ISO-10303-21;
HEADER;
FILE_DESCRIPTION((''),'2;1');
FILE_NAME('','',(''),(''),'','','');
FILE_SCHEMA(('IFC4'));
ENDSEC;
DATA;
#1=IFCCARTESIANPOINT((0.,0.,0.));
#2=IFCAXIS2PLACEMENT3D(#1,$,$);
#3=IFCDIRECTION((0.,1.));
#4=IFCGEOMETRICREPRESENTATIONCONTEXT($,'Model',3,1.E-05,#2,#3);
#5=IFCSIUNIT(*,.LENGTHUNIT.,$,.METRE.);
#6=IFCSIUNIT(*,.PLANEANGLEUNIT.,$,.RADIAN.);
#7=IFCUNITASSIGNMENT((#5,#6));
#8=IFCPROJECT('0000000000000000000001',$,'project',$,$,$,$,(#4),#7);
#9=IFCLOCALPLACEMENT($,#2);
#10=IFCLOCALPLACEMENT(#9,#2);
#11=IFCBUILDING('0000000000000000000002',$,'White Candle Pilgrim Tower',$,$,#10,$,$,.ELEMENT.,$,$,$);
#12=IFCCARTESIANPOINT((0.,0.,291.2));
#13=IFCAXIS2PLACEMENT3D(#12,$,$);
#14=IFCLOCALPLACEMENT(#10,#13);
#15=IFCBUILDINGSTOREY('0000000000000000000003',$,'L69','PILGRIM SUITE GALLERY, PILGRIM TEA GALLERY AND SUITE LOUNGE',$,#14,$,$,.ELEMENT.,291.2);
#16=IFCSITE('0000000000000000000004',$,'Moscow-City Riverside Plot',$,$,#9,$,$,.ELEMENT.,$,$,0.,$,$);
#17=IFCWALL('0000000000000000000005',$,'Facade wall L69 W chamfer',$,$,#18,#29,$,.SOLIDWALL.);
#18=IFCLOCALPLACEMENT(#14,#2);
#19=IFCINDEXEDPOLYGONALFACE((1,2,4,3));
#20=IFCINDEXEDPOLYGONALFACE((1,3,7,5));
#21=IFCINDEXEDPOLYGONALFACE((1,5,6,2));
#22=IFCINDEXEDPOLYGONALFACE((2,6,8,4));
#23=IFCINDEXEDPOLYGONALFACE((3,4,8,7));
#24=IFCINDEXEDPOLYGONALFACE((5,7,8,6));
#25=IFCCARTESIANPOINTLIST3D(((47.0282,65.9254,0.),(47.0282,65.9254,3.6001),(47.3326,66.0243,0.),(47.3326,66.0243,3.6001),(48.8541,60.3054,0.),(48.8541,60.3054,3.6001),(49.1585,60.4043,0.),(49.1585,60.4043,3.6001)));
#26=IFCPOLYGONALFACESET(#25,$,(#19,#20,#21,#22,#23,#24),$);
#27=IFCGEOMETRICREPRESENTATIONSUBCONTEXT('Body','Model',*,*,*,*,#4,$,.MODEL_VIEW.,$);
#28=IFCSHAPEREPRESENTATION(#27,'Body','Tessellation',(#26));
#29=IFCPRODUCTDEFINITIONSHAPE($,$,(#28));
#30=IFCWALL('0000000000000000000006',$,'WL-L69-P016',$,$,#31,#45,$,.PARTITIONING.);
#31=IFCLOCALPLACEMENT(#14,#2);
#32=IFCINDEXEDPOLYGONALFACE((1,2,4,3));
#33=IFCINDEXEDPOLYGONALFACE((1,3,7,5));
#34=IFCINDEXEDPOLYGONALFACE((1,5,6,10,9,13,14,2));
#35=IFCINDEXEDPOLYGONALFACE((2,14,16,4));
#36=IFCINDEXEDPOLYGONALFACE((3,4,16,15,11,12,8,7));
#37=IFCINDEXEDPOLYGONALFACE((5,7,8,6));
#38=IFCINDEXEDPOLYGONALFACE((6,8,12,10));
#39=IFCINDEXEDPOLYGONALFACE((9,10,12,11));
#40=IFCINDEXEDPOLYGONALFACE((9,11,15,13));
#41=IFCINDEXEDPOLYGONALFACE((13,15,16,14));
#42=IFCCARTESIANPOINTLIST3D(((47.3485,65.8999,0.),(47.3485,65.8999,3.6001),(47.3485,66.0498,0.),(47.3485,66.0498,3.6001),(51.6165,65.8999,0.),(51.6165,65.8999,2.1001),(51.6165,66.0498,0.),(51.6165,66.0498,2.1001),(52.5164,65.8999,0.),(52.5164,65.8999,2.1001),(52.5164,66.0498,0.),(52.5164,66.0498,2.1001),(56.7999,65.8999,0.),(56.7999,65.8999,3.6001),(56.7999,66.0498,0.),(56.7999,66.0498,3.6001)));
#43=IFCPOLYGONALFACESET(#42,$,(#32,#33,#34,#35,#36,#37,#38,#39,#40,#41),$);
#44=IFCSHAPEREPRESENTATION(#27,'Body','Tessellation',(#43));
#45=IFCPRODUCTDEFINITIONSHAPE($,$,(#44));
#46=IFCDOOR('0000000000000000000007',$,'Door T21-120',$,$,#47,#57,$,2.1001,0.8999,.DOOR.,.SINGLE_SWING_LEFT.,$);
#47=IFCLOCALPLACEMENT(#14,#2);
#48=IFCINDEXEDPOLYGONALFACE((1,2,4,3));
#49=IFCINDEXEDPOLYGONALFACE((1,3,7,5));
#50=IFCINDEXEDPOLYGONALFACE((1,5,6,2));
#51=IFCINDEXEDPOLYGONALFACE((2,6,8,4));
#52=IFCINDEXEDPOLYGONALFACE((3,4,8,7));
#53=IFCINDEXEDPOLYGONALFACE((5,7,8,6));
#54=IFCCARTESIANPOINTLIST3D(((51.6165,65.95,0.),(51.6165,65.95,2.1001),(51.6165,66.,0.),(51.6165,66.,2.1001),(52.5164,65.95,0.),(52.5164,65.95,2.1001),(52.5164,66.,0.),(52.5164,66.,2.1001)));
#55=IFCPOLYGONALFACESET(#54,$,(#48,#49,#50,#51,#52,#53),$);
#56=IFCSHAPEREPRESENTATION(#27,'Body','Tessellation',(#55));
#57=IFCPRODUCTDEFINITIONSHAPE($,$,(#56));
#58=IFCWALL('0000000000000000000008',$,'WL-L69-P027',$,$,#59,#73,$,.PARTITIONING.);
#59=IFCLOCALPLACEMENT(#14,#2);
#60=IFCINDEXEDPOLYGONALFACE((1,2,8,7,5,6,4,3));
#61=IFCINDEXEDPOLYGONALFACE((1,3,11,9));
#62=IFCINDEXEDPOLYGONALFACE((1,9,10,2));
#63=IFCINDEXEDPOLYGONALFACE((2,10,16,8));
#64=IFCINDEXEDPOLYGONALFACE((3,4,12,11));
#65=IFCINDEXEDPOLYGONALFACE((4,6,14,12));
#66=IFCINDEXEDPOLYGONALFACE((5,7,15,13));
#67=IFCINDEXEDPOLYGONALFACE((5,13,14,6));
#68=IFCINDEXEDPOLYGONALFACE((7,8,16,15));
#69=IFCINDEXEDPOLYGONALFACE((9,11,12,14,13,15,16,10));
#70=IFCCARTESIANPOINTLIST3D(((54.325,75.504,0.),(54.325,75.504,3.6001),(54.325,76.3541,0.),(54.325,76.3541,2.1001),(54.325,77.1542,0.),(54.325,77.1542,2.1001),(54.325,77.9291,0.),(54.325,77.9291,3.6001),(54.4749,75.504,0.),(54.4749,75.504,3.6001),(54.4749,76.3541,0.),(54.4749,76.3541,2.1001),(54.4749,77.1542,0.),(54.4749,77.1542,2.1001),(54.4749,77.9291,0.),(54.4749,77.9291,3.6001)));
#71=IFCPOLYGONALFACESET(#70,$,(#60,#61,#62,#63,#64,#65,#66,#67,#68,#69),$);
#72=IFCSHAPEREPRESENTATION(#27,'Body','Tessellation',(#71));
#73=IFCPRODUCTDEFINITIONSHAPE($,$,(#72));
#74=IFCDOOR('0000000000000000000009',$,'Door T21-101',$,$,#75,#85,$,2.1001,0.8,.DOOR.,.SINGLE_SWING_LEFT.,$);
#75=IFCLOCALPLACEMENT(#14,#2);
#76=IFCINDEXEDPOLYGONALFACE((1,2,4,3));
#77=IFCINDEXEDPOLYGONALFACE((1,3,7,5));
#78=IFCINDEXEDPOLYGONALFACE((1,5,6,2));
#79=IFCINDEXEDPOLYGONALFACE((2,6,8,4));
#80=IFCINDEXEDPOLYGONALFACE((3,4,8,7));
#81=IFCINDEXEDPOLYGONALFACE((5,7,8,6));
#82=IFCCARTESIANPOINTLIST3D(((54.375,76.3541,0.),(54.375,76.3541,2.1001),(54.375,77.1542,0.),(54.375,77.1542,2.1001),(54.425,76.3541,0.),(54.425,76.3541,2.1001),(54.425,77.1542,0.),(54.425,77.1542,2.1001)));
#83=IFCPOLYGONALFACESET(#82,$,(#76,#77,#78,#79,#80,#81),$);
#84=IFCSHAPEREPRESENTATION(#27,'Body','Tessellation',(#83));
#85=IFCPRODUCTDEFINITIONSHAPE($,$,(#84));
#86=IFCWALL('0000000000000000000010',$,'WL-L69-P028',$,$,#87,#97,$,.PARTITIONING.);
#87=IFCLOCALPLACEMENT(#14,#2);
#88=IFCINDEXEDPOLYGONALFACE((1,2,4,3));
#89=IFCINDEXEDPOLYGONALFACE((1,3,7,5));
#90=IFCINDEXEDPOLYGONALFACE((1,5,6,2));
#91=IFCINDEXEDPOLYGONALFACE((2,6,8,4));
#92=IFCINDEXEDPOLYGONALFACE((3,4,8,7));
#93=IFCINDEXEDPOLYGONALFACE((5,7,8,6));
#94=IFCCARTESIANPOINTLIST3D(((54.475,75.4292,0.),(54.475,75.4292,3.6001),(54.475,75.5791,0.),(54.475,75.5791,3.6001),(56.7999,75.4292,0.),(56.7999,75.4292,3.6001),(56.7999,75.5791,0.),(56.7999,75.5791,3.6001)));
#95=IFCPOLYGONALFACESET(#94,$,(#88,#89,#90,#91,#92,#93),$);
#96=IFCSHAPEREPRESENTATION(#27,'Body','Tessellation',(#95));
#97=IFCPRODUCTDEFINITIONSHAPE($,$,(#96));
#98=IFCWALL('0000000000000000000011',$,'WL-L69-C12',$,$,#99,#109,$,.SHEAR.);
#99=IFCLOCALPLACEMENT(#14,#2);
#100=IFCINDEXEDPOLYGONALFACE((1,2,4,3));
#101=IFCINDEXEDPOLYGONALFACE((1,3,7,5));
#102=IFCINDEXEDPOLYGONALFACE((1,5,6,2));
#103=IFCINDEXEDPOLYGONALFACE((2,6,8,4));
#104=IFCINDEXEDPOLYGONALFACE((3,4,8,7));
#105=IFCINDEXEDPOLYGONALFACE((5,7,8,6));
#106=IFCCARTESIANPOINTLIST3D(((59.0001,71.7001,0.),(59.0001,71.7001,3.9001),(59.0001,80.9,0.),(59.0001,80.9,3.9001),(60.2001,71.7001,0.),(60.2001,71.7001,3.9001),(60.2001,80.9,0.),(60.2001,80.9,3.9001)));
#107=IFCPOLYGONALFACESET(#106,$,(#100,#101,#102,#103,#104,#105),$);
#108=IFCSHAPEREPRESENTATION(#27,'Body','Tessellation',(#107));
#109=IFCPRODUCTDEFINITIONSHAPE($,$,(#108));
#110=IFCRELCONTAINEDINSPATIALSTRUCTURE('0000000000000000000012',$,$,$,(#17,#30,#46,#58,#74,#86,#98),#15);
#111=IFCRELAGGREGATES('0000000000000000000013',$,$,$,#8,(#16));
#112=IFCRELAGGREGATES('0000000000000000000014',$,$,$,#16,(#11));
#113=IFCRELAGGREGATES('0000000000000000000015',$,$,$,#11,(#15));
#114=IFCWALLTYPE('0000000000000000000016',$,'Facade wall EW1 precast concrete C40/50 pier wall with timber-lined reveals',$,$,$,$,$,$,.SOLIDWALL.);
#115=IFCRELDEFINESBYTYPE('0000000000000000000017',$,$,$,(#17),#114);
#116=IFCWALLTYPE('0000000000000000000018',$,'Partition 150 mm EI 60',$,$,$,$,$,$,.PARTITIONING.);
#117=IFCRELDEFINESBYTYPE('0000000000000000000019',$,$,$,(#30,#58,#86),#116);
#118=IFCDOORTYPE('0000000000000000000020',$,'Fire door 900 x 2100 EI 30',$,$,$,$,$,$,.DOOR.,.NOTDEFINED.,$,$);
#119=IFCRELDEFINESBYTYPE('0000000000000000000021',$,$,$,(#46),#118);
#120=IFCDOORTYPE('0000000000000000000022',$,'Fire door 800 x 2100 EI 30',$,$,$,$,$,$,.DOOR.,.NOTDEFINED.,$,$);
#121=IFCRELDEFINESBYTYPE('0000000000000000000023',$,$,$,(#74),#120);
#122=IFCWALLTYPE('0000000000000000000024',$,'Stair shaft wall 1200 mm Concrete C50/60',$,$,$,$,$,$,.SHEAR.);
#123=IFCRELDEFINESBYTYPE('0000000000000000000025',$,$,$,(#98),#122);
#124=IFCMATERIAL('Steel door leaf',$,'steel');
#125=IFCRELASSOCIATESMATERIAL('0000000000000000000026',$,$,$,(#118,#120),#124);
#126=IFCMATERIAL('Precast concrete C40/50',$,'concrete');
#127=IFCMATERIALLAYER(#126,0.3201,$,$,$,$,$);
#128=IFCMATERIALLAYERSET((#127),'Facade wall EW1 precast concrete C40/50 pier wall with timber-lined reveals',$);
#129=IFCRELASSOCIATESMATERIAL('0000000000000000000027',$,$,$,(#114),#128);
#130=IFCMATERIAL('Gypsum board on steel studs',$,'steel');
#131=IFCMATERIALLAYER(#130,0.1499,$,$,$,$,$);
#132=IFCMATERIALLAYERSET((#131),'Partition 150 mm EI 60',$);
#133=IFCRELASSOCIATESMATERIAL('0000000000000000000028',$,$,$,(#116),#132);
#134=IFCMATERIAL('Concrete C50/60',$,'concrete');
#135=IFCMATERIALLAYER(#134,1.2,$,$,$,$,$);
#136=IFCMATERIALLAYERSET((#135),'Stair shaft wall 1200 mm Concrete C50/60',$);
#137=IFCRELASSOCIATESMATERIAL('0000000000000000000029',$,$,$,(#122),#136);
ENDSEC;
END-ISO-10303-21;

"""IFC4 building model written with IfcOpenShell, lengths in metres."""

from ifc_helpers import new_model, si_unit, direction, frame, frame_2d, origin, place, context, subcontext, project, spatial, rectangle, extrude, material, layer, layer_set, type_object, element, fill, save


model = new_model("IFC4")

# Units and contexts
model_context = context("Model", 3, precision=1e-05, world=origin(), true_north=direction((0.0, 1.0)))
body_context = subcontext(model_context, "Body", "Model", "MODEL_VIEW")
ifc_project = project(units=[si_unit("LENGTHUNIT", "METRE"), si_unit("PLANEANGLEUNIT", "RADIAN")], contexts=[model_context])

# Site, building, storey
site_placement = place(None, origin())
site = spatial("IfcSite", under=ifc_project, at=site_placement, Name="Moscow-City Riverside Plot", CompositionType="ELEMENT", RefElevation=0.0)
building_placement = place(site_placement, origin())
building = spatial("IfcBuilding", under=site, at=building_placement, Name="White Candle Pilgrim Tower", CompositionType="ELEMENT")
storey_placement = place(building_placement, frame((0.0, 0.0, 291.2)))
storey = spatial("IfcBuildingStorey", under=building, at=storey_placement, Name="L69", Description="PILGRIM SUITE GALLERY, PILGRIM TEA GALLERY AND SUITE LOUNGE", CompositionType="ELEMENT", Elevation=291.2)

# Shared definitions
ifc_material_1 = material(Name="Concrete C50/60", Category="concrete")

# Shared definitions
ifc_material_2 = material(Name="Gypsum board on steel studs", Category="steel")
ifc_material_3 = material(Name="Steel door leaf", Category="steel")
door_type_1 = type_object("IfcDoorType", Name="Fire door 900 x 2100 EI 30", OperationType="NOTDEFINED", PredefinedType="DOOR", material=ifc_material_3)

# Wall
ifc_material_4 = material(Name="Precast concrete C40/50", Category="concrete")
ifc_layer_1 = layer(ifc_material_4, 0.3201)
ifc_layer_set_1 = layer_set([ifc_layer_1], Name="Facade wall EW1 precast concrete C40/50 pier wall with timber-lined reveals")
wall_type_1 = type_object("IfcWallType", Name="Facade wall EW1 precast concrete C40/50 pier wall with timber-lined reveals", PredefinedType="SOLIDWALL", material=ifc_layer_set_1)
wall_1_placement = place(storey_placement, frame((47.1804, 65.9749, 0.0), z_axis=(0.0, 0.0, 1.0), x_axis=(0.308993, -0.951064, 0.0)))
element("IfcWall", 1, at=wall_1_placement, inside=storey, type_object=wall_type_1, Name="Facade wall L69 W chamfer", PredefinedType="SOLIDWALL", context=body_context, shape_type="SweptSolid", body=[
    extrude(rectangle(XDim=5.9092, YDim=0.3201, at=frame_2d((2.9546, 0.0))), origin(), (0.0, 0.0, 1.0), 3.6001),
])

# Walls, openings, doors
ifc_layer_2 = layer(ifc_material_2, 0.1499)
ifc_layer_set_2 = layer_set([ifc_layer_2], Name="Partition 150 mm EI 60")
wall_type_2 = type_object("IfcWallType", Name="Partition 150 mm EI 60", PredefinedType="PARTITIONING", material=ifc_layer_set_2)
wall_2_placement = place(storey_placement, frame((47.3486, 65.9749, 0.0), z_axis=(0.0, 0.0, 1.0), x_axis=(1.0, 0.0, 0.0)))
wall_2 = element("IfcWall", 2, at=wall_2_placement, inside=storey, type_object=wall_type_2, Name="WL-L69-P016", PredefinedType="PARTITIONING", context=body_context, shape_type="SweptSolid", body=[
    extrude(rectangle(XDim=9.4514, YDim=0.1499, at=frame_2d((4.7256, 0.0))), origin(), (0.0, 0.0, 1.0), 3.6001),
])
opening_1_placement = place(wall_2_placement, frame((4.2678, 0.0, 0.0)))
opening_1 = element("IfcOpeningElement", 3, at=opening_1_placement, cuts=wall_2, PredefinedType="OPENING", context=body_context, shape_type="SweptSolid", body=[
    extrude(rectangle(XDim=0.8999, YDim=2.1001, at=frame_2d((0.45, 1.05))), frame((0.0, 0.085, 0.0), z_axis=(0.0, -1.0, 0.0), x_axis=(1.0, 0.0, 0.0)), (0.0, 0.0, 1.0), 0.1699),
])
door_1_placement = place(opening_1_placement, frame((0.8999, 0.0, 0.0), z_axis=(0.0, 0.0, 1.0), x_axis=(-1.0, 0.0, 0.0)))
door_1 = element("IfcDoor", 4, at=door_1_placement, inside=storey, type_object=door_type_1, Name="Door T21-120", OperationType="SINGLE_SWING_LEFT", OverallHeight=2.1001, OverallWidth=0.8999, PredefinedType="DOOR", context=body_context, shape_type="SweptSolid", body=[
    extrude(rectangle(XDim=0.8999, YDim=2.1001, at=frame_2d((0.45, 1.05))), frame((0.0, 0.0249, 0.0), z_axis=(0.0, -1.0, 0.0), x_axis=(1.0, 0.0, 0.0)), (0.0, 0.0, 1.0), 0.05),
])
fill(opening_1, door_1)
wall_3_placement = place(storey_placement, frame((54.3999, 75.5042, 0.0), z_axis=(0.0, 0.0, 1.0), x_axis=(0.0, 1.0, 0.0)))
wall_3 = element("IfcWall", 5, at=wall_3_placement, inside=storey, type_object=wall_type_2, Name="WL-L69-P027", PredefinedType="PARTITIONING", context=body_context, shape_type="SweptSolid", body=[
    extrude(rectangle(XDim=2.425, YDim=0.1499, at=frame_2d((1.2124, 0.0))), origin(), (0.0, 0.0, 1.0), 3.6001),
])
opening_2_placement = place(wall_3_placement, frame((0.8501, 0.0, 0.0)))
opening_2 = element("IfcOpeningElement", 6, at=opening_2_placement, cuts=wall_3, PredefinedType="OPENING", context=body_context, shape_type="SweptSolid", body=[
    extrude(rectangle(XDim=0.8, YDim=2.1001, at=frame_2d((0.3999, 1.05))), frame((0.0, 0.085, 0.0), z_axis=(0.0, -1.0, 0.0), x_axis=(1.0, 0.0, 0.0)), (0.0, 0.0, 1.0), 0.1699),
])
door_type_2 = type_object("IfcDoorType", Name="Fire door 800 x 2100 EI 30", OperationType="NOTDEFINED", PredefinedType="DOOR", material=ifc_material_3)
door_2_placement = place(opening_2_placement, origin())
door_2 = element("IfcDoor", 7, at=door_2_placement, inside=storey, type_object=door_type_2, Name="Door T21-101", OperationType="SINGLE_SWING_LEFT", OverallHeight=2.1001, OverallWidth=0.8, PredefinedType="DOOR", context=body_context, shape_type="SweptSolid", body=[
    extrude(rectangle(XDim=0.8, YDim=2.1001, at=frame_2d((0.3999, 1.05))), frame((0.0, 0.0249, 0.0), z_axis=(0.0, -1.0, 0.0), x_axis=(1.0, 0.0, 0.0)), (0.0, 0.0, 1.0), 0.05),
])
fill(opening_2, door_2)

# Walls
wall_4_placement = place(storey_placement, frame((56.8, 75.5042, 0.0), z_axis=(0.0, 0.0, 1.0), x_axis=(-1.0, 0.0, 0.0)))
element("IfcWall", 8, at=wall_4_placement, inside=storey, type_object=wall_type_2, Name="WL-L69-P028", PredefinedType="PARTITIONING", context=body_context, shape_type="SweptSolid", body=[
    extrude(rectangle(XDim=2.325, YDim=0.1499, at=frame_2d((1.1626, 0.0))), origin(), (0.0, 0.0, 1.0), 3.6001),
])
ifc_layer_3 = layer(ifc_material_1, 1.2)
ifc_layer_set_3 = layer_set([ifc_layer_3], Name="Stair shaft wall 1200 mm Concrete C50/60")
wall_type_3 = type_object("IfcWallType", Name="Stair shaft wall 1200 mm Concrete C50/60", PredefinedType="SHEAR", material=ifc_layer_set_3)
wall_5_placement = place(storey_placement, frame((59.6001, 71.7, 0.0), z_axis=(0.0, 0.0, 1.0), x_axis=(0.0, 1.0, 0.0)))
element("IfcWall", 9, at=wall_5_placement, inside=storey, type_object=wall_type_3, Name="WL-L69-C12", PredefinedType="SHEAR", context=body_context, shape_type="SweptSolid", body=[
    extrude(rectangle(XDim=9.2, YDim=1.2, at=frame_2d((4.6001, 0.0))), origin(), (0.0, 0.0, 1.0), 3.9001),
])

save(model, "model.ifc")
